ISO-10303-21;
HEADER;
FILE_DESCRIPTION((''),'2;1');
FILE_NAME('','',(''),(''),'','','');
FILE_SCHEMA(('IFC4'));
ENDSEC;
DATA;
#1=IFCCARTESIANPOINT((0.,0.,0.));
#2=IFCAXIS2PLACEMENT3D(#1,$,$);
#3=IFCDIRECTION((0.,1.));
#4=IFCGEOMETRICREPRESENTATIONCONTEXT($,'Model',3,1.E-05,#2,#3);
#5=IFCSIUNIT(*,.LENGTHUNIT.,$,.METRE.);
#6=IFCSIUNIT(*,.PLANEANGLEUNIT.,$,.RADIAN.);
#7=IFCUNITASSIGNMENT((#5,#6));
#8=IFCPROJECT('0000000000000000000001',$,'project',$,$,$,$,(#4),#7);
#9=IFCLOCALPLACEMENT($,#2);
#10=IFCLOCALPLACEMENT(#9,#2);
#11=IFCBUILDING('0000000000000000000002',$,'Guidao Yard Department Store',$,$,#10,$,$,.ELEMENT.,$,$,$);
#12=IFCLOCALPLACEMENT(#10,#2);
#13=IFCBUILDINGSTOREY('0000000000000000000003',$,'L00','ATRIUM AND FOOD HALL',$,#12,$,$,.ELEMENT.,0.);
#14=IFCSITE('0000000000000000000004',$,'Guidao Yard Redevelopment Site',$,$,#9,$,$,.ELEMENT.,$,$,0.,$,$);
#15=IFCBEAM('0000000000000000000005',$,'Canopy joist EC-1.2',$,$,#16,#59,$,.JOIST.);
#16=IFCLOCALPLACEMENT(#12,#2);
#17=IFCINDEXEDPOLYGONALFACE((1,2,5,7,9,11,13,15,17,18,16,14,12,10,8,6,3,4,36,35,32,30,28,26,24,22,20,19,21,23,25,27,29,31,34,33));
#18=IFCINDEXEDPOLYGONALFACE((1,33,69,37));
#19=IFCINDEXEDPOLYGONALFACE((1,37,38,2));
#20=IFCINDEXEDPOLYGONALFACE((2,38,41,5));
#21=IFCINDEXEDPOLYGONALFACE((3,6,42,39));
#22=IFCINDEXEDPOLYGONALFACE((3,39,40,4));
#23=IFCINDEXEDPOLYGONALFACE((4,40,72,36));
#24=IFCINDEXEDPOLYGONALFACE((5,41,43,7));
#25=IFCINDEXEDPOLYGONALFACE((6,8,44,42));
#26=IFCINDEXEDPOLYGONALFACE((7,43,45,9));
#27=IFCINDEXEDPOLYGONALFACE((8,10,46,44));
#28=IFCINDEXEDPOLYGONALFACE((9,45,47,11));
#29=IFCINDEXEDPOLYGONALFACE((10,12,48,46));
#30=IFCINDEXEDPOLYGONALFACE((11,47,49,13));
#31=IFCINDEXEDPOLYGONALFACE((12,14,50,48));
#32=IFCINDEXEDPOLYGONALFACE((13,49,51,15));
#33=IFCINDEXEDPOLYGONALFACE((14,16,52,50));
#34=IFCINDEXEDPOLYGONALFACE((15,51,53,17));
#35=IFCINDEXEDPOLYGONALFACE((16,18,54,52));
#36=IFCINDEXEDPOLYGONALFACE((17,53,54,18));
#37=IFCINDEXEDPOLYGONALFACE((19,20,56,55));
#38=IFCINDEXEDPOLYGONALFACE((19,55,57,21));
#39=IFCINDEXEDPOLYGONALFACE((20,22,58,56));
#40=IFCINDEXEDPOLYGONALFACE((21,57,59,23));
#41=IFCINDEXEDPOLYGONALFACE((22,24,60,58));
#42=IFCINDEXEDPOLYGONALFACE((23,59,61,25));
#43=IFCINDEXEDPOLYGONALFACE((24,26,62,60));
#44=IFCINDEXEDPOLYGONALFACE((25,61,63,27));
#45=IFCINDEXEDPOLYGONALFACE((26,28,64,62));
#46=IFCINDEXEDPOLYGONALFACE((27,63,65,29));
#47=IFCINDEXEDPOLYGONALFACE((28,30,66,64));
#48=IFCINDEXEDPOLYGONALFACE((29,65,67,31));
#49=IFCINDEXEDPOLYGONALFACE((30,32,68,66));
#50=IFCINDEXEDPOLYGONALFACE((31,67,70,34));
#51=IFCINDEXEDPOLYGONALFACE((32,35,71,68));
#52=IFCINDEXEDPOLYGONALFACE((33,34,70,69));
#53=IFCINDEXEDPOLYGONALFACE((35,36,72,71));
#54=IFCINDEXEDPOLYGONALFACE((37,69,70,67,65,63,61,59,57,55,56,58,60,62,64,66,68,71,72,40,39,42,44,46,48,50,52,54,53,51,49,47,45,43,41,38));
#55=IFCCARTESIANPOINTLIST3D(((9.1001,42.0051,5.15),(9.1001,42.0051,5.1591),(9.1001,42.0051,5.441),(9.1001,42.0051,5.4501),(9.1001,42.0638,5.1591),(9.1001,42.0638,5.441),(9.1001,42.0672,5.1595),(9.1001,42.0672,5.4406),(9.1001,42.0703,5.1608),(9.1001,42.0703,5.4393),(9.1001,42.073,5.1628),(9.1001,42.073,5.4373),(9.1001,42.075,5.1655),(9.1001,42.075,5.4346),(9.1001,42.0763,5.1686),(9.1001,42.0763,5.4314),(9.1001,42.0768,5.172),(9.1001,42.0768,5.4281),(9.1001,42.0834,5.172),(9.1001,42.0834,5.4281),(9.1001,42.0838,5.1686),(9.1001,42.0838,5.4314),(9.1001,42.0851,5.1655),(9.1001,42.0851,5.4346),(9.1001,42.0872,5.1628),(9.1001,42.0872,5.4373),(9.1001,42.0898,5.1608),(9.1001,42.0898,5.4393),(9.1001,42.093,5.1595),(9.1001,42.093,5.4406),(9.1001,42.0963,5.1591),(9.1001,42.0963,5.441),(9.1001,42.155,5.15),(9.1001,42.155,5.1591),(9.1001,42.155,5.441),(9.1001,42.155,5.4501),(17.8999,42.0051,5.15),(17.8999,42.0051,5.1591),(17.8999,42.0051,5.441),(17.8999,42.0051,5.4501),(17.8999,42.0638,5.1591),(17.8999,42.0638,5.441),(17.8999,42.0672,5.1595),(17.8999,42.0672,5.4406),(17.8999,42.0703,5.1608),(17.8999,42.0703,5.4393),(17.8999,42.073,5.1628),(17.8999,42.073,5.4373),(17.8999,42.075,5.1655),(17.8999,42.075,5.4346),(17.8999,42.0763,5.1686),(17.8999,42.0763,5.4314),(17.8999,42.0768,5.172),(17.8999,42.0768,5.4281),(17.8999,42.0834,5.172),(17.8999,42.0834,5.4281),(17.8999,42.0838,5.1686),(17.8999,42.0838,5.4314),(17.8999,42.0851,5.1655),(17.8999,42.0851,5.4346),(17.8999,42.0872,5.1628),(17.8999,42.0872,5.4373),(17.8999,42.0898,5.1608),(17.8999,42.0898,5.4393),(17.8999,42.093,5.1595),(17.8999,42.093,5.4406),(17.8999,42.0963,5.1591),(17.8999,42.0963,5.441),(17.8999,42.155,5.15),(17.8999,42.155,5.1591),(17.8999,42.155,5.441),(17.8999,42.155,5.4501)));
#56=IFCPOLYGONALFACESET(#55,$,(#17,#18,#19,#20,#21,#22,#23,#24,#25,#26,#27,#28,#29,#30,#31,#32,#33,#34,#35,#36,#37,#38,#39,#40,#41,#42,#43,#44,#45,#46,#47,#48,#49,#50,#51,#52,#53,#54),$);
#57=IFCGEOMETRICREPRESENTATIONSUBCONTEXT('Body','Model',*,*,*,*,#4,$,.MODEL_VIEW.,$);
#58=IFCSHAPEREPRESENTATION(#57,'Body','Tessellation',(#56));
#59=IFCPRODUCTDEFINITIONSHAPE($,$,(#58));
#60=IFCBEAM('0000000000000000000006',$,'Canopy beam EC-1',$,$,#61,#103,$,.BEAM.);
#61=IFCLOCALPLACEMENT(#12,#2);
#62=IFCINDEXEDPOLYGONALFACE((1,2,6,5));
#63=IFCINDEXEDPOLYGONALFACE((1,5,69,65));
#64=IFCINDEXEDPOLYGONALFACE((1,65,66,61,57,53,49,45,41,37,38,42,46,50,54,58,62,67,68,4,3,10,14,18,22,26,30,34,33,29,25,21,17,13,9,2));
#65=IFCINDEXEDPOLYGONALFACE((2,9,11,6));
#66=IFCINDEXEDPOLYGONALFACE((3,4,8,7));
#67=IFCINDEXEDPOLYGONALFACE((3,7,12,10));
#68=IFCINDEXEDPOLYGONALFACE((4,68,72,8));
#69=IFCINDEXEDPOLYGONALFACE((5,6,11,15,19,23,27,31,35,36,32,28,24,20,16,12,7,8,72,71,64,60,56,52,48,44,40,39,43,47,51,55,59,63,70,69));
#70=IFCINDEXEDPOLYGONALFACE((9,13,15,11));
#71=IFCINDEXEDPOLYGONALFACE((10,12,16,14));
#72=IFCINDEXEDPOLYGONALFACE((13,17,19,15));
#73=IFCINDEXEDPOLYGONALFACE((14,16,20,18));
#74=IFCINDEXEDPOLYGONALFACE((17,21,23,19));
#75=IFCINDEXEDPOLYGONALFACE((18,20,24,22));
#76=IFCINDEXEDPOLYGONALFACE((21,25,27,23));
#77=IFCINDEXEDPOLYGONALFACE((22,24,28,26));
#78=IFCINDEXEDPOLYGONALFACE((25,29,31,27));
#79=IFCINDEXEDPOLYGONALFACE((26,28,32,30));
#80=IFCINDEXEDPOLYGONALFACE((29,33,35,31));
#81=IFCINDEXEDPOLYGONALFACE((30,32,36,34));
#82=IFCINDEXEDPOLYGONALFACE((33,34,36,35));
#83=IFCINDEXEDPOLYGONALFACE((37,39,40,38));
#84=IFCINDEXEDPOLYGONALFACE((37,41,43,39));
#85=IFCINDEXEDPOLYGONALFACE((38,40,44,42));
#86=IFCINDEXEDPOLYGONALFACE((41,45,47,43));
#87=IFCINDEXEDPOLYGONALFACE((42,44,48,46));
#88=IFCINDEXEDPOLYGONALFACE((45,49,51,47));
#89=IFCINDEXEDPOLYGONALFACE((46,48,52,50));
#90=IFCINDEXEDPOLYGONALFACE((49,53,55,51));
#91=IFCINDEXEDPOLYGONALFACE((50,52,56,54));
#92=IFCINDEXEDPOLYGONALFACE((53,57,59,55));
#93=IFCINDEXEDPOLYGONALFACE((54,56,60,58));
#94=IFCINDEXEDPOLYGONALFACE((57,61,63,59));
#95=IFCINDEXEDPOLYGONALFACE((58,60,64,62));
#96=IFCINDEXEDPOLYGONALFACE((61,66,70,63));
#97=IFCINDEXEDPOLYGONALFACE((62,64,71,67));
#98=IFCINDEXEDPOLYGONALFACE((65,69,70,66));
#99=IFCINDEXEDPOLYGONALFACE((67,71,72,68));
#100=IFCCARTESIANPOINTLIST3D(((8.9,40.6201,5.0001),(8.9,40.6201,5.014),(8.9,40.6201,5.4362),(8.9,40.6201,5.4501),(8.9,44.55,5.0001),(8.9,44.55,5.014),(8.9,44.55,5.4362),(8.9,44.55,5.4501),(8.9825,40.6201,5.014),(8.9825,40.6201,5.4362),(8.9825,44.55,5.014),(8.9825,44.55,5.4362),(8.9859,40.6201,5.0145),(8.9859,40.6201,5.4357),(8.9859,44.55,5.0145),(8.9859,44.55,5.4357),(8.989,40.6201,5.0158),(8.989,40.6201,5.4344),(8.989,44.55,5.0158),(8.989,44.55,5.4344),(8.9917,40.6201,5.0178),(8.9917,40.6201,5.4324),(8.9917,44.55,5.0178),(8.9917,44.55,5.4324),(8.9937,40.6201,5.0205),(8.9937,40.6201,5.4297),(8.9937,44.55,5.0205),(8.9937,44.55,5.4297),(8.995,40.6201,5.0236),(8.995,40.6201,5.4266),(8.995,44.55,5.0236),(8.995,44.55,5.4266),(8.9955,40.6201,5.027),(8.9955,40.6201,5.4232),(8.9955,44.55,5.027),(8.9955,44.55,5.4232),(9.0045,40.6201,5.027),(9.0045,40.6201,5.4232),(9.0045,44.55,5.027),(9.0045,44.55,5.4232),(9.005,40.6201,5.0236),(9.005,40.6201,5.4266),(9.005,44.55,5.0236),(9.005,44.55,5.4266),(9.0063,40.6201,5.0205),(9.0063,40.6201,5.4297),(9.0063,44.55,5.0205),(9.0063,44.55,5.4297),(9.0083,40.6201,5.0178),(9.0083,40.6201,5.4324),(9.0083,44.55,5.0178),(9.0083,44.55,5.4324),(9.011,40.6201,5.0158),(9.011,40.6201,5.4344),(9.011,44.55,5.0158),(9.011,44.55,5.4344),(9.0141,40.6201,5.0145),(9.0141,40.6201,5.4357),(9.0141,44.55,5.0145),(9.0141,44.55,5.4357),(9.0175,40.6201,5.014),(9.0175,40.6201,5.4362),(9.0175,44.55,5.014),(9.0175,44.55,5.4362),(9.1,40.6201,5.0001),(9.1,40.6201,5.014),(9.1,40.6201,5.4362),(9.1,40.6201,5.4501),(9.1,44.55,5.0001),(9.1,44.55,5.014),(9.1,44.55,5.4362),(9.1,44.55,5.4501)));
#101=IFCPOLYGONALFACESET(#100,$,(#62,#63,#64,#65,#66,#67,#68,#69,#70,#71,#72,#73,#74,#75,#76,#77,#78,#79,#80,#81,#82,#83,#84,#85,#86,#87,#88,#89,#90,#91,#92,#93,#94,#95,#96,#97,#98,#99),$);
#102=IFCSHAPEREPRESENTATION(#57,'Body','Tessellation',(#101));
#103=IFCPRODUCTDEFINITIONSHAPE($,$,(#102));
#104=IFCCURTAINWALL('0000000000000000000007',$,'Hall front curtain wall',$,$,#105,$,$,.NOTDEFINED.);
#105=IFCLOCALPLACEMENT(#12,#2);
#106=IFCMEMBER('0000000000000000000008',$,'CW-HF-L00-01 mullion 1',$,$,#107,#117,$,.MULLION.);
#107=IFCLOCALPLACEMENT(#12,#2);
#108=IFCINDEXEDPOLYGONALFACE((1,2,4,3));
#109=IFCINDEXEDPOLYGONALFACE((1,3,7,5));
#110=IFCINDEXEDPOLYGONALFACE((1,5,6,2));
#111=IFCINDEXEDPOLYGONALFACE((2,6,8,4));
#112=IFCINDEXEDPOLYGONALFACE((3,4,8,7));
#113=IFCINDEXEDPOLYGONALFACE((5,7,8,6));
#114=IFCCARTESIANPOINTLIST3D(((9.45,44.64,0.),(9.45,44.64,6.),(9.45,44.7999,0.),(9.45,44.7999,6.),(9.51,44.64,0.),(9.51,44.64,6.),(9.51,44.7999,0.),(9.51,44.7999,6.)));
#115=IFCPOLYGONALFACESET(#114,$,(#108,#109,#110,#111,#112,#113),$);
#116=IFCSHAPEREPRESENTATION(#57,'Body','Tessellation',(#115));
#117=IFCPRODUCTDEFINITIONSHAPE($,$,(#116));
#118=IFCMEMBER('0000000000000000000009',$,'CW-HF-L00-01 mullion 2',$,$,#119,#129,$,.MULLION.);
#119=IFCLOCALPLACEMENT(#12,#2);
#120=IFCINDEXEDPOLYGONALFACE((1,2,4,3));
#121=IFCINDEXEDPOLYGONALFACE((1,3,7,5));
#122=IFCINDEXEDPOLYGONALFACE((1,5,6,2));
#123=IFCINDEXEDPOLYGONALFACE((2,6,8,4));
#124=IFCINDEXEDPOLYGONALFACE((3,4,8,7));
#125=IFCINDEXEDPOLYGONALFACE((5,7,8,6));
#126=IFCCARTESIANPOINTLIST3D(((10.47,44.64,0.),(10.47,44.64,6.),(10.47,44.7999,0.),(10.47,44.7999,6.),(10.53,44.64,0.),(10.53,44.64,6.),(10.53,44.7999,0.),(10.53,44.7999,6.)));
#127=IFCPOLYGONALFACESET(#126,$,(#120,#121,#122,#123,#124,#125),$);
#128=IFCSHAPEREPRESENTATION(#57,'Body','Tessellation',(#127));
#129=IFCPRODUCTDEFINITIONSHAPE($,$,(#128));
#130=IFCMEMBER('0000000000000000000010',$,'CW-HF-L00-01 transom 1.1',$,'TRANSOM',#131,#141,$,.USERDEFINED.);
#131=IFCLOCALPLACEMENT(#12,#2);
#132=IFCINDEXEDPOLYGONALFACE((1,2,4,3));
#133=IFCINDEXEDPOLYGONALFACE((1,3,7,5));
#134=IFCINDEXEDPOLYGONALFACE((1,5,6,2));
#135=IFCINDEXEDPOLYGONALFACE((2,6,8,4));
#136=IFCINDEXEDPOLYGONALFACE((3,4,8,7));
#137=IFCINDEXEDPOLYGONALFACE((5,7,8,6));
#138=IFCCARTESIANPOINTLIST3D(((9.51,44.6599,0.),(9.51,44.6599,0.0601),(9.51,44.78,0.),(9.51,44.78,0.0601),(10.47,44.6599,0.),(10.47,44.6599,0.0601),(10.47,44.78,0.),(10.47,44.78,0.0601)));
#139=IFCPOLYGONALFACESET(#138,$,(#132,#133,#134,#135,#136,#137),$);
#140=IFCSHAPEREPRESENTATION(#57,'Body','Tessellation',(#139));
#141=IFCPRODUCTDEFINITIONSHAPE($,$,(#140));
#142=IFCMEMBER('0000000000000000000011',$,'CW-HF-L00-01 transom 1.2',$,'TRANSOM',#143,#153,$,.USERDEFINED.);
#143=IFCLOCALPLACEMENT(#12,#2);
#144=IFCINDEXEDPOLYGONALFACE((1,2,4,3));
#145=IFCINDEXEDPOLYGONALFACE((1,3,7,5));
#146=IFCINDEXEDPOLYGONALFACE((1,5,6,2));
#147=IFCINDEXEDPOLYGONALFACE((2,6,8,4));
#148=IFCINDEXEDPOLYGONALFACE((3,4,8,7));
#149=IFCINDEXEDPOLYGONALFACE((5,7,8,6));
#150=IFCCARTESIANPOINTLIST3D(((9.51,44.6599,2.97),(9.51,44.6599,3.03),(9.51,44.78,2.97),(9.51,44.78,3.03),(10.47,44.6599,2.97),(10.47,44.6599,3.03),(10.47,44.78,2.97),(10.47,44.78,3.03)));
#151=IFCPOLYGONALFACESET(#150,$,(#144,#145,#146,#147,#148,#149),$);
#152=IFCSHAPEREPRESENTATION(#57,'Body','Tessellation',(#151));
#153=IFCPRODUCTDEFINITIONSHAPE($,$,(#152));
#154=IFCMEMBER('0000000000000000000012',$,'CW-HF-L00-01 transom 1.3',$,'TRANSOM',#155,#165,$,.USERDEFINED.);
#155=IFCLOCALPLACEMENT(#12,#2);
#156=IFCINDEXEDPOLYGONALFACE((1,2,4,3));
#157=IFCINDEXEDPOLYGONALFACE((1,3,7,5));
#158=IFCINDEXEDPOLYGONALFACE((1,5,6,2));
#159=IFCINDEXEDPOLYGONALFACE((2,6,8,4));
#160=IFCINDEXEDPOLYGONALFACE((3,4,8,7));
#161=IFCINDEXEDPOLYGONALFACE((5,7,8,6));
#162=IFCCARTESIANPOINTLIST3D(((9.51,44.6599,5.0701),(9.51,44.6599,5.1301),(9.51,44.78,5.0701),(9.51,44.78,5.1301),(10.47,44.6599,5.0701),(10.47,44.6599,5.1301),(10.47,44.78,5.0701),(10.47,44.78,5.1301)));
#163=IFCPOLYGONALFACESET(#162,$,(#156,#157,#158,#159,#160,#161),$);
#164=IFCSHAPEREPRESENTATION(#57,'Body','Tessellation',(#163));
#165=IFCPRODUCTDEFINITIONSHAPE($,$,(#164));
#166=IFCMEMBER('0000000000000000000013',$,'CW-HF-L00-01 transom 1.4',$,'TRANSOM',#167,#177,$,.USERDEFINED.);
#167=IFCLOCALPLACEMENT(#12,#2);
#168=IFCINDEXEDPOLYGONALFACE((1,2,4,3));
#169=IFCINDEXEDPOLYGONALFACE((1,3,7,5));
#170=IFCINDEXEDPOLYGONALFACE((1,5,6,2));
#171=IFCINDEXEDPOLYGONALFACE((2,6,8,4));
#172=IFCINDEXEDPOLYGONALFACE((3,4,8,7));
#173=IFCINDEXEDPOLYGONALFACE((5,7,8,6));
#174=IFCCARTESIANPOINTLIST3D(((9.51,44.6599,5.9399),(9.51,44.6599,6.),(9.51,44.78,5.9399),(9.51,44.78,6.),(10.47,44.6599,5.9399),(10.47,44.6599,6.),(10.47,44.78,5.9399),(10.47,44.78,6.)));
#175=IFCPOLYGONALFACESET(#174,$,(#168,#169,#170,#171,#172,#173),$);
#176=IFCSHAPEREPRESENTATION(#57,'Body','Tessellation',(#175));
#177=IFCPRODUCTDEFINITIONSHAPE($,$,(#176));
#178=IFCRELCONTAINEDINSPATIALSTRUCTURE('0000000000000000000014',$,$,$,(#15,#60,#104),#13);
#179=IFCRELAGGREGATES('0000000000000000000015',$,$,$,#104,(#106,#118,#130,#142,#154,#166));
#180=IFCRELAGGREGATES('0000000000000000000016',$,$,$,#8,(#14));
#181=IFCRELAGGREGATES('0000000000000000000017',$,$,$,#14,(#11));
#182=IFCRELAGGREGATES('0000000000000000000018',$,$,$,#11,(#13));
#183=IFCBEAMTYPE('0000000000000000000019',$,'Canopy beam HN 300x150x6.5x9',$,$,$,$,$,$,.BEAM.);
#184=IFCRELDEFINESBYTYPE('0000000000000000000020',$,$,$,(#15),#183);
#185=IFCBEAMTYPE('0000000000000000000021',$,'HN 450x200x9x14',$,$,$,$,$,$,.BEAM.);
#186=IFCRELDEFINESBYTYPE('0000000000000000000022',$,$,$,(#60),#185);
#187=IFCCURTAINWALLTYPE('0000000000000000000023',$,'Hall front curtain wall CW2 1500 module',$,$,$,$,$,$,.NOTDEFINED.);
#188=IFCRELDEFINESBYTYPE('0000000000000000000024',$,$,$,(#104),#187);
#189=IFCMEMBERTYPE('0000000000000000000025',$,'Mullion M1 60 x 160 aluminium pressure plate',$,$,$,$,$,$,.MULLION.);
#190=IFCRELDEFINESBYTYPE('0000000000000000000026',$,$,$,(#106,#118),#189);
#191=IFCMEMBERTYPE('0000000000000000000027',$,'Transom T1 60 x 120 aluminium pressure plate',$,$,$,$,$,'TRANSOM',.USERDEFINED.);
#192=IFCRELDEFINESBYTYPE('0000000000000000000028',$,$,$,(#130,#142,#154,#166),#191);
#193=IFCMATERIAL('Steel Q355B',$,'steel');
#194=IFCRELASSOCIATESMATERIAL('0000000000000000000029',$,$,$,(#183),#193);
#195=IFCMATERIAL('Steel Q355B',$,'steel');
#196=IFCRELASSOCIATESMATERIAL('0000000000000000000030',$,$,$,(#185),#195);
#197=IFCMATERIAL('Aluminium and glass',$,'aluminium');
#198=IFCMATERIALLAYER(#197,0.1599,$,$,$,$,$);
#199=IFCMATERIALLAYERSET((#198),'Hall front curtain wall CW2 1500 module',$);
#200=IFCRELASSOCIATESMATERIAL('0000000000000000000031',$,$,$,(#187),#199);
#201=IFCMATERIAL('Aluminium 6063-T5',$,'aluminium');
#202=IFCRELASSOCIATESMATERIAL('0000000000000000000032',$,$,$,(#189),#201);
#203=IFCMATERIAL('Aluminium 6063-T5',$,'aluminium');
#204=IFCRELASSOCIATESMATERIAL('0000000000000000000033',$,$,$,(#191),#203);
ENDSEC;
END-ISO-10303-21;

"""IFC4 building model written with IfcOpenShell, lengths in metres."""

from ifc_helpers import new_model, si_unit, direction, frame, origin, origin_2d, place, context, subcontext, project, spatial, rectangle, i_section, extrude, material, layer, layer_set, material_profile, profile_set, type_object, element, aggregate, save


model = new_model("IFC4")

# Units and contexts
model_context = context("Model", 3, precision=1e-05, world=origin(), true_north=direction((0.0, 1.0)))
body_context = subcontext(model_context, "Body", "Model", "MODEL_VIEW")
ifc_project = project(units=[si_unit("LENGTHUNIT", "METRE"), si_unit("PLANEANGLEUNIT", "RADIAN")], contexts=[model_context])

# Site, building, storey
site_placement = place(None, origin())
site = spatial("IfcSite", under=ifc_project, at=site_placement, Name="Guidao Yard Redevelopment Site", CompositionType="ELEMENT", RefElevation=0.0)
building_placement = place(site_placement, origin())
building = spatial("IfcBuilding", under=site, at=building_placement, Name="Guidao Yard Department Store", CompositionType="ELEMENT")
storey_placement = place(building_placement, origin())
storey = spatial("IfcBuildingStorey", under=building, at=storey_placement, Name="L00", Description="ATRIUM AND FOOD HALL", CompositionType="ELEMENT", Elevation=0.0)

# Beams
ifc_material_1 = material(Name="Steel Q355B", Category="steel")
ifc_material_profile_1 = material_profile(ifc_material_1, i_section(OverallWidth=0.1499, OverallDepth=0.3, WebThickness=0.0066, FlangeThickness=0.009, FilletRadius=0.0129, at=origin_2d()), Name="HN 300x150x6.5x9")
ifc_profile_set_1 = profile_set([ifc_material_profile_1], Name="Steel Q355B")
beam_type_1 = type_object("IfcBeamType", Name="Canopy beam HN 300x150x6.5x9", PredefinedType="BEAM", material=ifc_profile_set_1)
for number, where, z_axis, x_axis, name in (
    (1, (9.1001, 42.0801, 5.3), (1.0, 0.0, 0.0), (0.0, 1.0, 0.0), "Canopy joist EC-1.2"),
):
    element("IfcBeam", number, at=place(storey_placement, frame(where, z_axis=z_axis, x_axis=x_axis)), inside=storey, type_object=beam_type_1, Name=name, PredefinedType="JOIST", context=body_context, shape_type="SweptSolid", body=[
        extrude(i_section(OverallWidth=0.1499, OverallDepth=0.3, WebThickness=0.0066, FlangeThickness=0.009, FilletRadius=0.0129, at=origin_2d()), origin(), (0.0, 0.0, 1.0), 8.7998),
    ])
ifc_material_2 = material(Name="Steel Q355B", Category="steel")
ifc_material_profile_2 = material_profile(ifc_material_2, i_section(OverallWidth=0.2, OverallDepth=0.45, WebThickness=0.009, FlangeThickness=0.0139, FilletRadius=0.0129, at=origin_2d()), Name="HN 450x200x9x14")
ifc_profile_set_2 = profile_set([ifc_material_profile_2], Name="Steel Q355B")
beam_type_2 = type_object("IfcBeamType", Name="HN 450x200x9x14", PredefinedType="BEAM", material=ifc_profile_set_2)
beam_1_placement = place(storey_placement, frame((9.0, 40.6201, 5.2251), z_axis=(0.0, 1.0, 0.0), x_axis=(-1.0, 0.0, 0.0)))
element("IfcBeam", 2, at=beam_1_placement, inside=storey, type_object=beam_type_2, Name="Canopy beam EC-1", PredefinedType="BEAM", context=body_context, shape_type="SweptSolid", body=[
    extrude(i_section(OverallWidth=0.2, OverallDepth=0.45, WebThickness=0.009, FlangeThickness=0.0139, FilletRadius=0.0129, at=origin_2d()), origin(), (0.0, 0.0, 1.0), 3.9299),
])

# Curtain wall, members
ifc_material_3 = material(Name="Aluminium and glass", Category="aluminium")
ifc_layer_1 = layer(ifc_material_3, 0.1599)
ifc_layer_set_1 = layer_set([ifc_layer_1], Name="Hall front curtain wall CW2 1500 module")
curtain_wall_type = type_object("IfcCurtainWallType", Name="Hall front curtain wall CW2 1500 module", PredefinedType="NOTDEFINED", material=ifc_layer_set_1)
curtain_wall_placement = place(storey_placement, origin())
curtain_wall = element("IfcCurtainWall", 3, at=curtain_wall_placement, inside=storey, type_object=curtain_wall_type, Name="Hall front curtain wall", PredefinedType="NOTDEFINED")
ifc_material_4 = material(Name="Aluminium 6063-T5", Category="aluminium")
ifc_material_profile_3 = material_profile(ifc_material_4, rectangle(XDim=0.0601, YDim=0.1599, at=origin_2d()), Name="Mullion M1 60 x 160 aluminium pressure plate")
ifc_profile_set_3 = profile_set([ifc_material_profile_3], Name="Aluminium 6063-T5")
member_type_1 = type_object("IfcMemberType", Name="Mullion M1 60 x 160 aluminium pressure plate", PredefinedType="MULLION", material=ifc_profile_set_3)
member_1_placement = place(storey_placement, frame((9.48, 44.72, 0.0), z_axis=(0.0, 0.0, 1.0), x_axis=(-1.0, 0.0, 0.0)))
member_1 = element("IfcMember", 4, at=member_1_placement, type_object=member_type_1, Name="CW-HF-L00-01 mullion 1", PredefinedType="MULLION", context=body_context, shape_type="SweptSolid", body=[
    extrude(rectangle(XDim=0.0601, YDim=0.1599, at=origin_2d()), origin(), (0.0, 0.0, 1.0), 6.0),
])
member_2_placement = place(storey_placement, frame((10.5, 44.72, 0.0), z_axis=(0.0, 0.0, 1.0), x_axis=(-1.0, 0.0, 0.0)))
member_2 = element("IfcMember", 5, at=member_2_placement, type_object=member_type_1, Name="CW-HF-L00-01 mullion 2", PredefinedType="MULLION", context=body_context, shape_type="SweptSolid", body=[
    extrude(rectangle(XDim=0.0601, YDim=0.1599, at=origin_2d()), origin(), (0.0, 0.0, 1.0), 6.0),
])
ifc_material_5 = material(Name="Aluminium 6063-T5", Category="aluminium")
ifc_material_profile_4 = material_profile(ifc_material_5, rectangle(XDim=0.1201, YDim=0.0601, at=origin_2d()), Name="Transom T1 60 x 120 aluminium pressure plate")
ifc_profile_set_4 = profile_set([ifc_material_profile_4], Name="Aluminium 6063-T5")
member_type_2 = type_object("IfcMemberType", Name="Transom T1 60 x 120 aluminium pressure plate", ElementType="TRANSOM", PredefinedType="USERDEFINED", material=ifc_profile_set_4)
member_3_placement = place(storey_placement, frame((10.47, 44.72, 0.03), z_axis=(-1.0, 0.0, 0.0), x_axis=(0.0, -1.0, 0.0)))
member_3 = element("IfcMember", 6, at=member_3_placement, type_object=member_type_2, Name="CW-HF-L00-01 transom 1.1", ObjectType="TRANSOM", PredefinedType="USERDEFINED", context=body_context, shape_type="SweptSolid", body=[
    extrude(rectangle(XDim=0.1201, YDim=0.0601, at=origin_2d()), origin(), (0.0, 0.0, 1.0), 0.96),
])
member_4_placement = place(storey_placement, frame((10.47, 44.72, 3.0), z_axis=(-1.0, 0.0, 0.0), x_axis=(0.0, -1.0, 0.0)))
member_4 = element("IfcMember", 7, at=member_4_placement, type_object=member_type_2, Name="CW-HF-L00-01 transom 1.2", ObjectType="TRANSOM", PredefinedType="USERDEFINED", context=body_context, shape_type="SweptSolid", body=[
    extrude(rectangle(XDim=0.1201, YDim=0.0601, at=origin_2d()), origin(), (0.0, 0.0, 1.0), 0.96),
])
member_5_placement = place(storey_placement, frame((10.47, 44.72, 5.1001), z_axis=(-1.0, 0.0, 0.0), x_axis=(0.0, -1.0, 0.0)))
member_5 = element("IfcMember", 8, at=member_5_placement, type_object=member_type_2, Name="CW-HF-L00-01 transom 1.3", ObjectType="TRANSOM", PredefinedType="USERDEFINED", context=body_context, shape_type="SweptSolid", body=[
    extrude(rectangle(XDim=0.1201, YDim=0.0601, at=origin_2d()), origin(), (0.0, 0.0, 1.0), 0.96),
])
member_6_placement = place(storey_placement, frame((10.47, 44.72, 5.97), z_axis=(-1.0, 0.0, 0.0), x_axis=(0.0, -1.0, 0.0)))
member_6 = element("IfcMember", 9, at=member_6_placement, type_object=member_type_2, Name="CW-HF-L00-01 transom 1.4", ObjectType="TRANSOM", PredefinedType="USERDEFINED", context=body_context, shape_type="SweptSolid", body=[
    extrude(rectangle(XDim=0.1201, YDim=0.0601, at=origin_2d()), origin(), (0.0, 0.0, 1.0), 0.96),
])

aggregate(curtain_wall, [member_1, member_2, member_3, member_4, member_5, member_6])

save(model, "model.ifc")
